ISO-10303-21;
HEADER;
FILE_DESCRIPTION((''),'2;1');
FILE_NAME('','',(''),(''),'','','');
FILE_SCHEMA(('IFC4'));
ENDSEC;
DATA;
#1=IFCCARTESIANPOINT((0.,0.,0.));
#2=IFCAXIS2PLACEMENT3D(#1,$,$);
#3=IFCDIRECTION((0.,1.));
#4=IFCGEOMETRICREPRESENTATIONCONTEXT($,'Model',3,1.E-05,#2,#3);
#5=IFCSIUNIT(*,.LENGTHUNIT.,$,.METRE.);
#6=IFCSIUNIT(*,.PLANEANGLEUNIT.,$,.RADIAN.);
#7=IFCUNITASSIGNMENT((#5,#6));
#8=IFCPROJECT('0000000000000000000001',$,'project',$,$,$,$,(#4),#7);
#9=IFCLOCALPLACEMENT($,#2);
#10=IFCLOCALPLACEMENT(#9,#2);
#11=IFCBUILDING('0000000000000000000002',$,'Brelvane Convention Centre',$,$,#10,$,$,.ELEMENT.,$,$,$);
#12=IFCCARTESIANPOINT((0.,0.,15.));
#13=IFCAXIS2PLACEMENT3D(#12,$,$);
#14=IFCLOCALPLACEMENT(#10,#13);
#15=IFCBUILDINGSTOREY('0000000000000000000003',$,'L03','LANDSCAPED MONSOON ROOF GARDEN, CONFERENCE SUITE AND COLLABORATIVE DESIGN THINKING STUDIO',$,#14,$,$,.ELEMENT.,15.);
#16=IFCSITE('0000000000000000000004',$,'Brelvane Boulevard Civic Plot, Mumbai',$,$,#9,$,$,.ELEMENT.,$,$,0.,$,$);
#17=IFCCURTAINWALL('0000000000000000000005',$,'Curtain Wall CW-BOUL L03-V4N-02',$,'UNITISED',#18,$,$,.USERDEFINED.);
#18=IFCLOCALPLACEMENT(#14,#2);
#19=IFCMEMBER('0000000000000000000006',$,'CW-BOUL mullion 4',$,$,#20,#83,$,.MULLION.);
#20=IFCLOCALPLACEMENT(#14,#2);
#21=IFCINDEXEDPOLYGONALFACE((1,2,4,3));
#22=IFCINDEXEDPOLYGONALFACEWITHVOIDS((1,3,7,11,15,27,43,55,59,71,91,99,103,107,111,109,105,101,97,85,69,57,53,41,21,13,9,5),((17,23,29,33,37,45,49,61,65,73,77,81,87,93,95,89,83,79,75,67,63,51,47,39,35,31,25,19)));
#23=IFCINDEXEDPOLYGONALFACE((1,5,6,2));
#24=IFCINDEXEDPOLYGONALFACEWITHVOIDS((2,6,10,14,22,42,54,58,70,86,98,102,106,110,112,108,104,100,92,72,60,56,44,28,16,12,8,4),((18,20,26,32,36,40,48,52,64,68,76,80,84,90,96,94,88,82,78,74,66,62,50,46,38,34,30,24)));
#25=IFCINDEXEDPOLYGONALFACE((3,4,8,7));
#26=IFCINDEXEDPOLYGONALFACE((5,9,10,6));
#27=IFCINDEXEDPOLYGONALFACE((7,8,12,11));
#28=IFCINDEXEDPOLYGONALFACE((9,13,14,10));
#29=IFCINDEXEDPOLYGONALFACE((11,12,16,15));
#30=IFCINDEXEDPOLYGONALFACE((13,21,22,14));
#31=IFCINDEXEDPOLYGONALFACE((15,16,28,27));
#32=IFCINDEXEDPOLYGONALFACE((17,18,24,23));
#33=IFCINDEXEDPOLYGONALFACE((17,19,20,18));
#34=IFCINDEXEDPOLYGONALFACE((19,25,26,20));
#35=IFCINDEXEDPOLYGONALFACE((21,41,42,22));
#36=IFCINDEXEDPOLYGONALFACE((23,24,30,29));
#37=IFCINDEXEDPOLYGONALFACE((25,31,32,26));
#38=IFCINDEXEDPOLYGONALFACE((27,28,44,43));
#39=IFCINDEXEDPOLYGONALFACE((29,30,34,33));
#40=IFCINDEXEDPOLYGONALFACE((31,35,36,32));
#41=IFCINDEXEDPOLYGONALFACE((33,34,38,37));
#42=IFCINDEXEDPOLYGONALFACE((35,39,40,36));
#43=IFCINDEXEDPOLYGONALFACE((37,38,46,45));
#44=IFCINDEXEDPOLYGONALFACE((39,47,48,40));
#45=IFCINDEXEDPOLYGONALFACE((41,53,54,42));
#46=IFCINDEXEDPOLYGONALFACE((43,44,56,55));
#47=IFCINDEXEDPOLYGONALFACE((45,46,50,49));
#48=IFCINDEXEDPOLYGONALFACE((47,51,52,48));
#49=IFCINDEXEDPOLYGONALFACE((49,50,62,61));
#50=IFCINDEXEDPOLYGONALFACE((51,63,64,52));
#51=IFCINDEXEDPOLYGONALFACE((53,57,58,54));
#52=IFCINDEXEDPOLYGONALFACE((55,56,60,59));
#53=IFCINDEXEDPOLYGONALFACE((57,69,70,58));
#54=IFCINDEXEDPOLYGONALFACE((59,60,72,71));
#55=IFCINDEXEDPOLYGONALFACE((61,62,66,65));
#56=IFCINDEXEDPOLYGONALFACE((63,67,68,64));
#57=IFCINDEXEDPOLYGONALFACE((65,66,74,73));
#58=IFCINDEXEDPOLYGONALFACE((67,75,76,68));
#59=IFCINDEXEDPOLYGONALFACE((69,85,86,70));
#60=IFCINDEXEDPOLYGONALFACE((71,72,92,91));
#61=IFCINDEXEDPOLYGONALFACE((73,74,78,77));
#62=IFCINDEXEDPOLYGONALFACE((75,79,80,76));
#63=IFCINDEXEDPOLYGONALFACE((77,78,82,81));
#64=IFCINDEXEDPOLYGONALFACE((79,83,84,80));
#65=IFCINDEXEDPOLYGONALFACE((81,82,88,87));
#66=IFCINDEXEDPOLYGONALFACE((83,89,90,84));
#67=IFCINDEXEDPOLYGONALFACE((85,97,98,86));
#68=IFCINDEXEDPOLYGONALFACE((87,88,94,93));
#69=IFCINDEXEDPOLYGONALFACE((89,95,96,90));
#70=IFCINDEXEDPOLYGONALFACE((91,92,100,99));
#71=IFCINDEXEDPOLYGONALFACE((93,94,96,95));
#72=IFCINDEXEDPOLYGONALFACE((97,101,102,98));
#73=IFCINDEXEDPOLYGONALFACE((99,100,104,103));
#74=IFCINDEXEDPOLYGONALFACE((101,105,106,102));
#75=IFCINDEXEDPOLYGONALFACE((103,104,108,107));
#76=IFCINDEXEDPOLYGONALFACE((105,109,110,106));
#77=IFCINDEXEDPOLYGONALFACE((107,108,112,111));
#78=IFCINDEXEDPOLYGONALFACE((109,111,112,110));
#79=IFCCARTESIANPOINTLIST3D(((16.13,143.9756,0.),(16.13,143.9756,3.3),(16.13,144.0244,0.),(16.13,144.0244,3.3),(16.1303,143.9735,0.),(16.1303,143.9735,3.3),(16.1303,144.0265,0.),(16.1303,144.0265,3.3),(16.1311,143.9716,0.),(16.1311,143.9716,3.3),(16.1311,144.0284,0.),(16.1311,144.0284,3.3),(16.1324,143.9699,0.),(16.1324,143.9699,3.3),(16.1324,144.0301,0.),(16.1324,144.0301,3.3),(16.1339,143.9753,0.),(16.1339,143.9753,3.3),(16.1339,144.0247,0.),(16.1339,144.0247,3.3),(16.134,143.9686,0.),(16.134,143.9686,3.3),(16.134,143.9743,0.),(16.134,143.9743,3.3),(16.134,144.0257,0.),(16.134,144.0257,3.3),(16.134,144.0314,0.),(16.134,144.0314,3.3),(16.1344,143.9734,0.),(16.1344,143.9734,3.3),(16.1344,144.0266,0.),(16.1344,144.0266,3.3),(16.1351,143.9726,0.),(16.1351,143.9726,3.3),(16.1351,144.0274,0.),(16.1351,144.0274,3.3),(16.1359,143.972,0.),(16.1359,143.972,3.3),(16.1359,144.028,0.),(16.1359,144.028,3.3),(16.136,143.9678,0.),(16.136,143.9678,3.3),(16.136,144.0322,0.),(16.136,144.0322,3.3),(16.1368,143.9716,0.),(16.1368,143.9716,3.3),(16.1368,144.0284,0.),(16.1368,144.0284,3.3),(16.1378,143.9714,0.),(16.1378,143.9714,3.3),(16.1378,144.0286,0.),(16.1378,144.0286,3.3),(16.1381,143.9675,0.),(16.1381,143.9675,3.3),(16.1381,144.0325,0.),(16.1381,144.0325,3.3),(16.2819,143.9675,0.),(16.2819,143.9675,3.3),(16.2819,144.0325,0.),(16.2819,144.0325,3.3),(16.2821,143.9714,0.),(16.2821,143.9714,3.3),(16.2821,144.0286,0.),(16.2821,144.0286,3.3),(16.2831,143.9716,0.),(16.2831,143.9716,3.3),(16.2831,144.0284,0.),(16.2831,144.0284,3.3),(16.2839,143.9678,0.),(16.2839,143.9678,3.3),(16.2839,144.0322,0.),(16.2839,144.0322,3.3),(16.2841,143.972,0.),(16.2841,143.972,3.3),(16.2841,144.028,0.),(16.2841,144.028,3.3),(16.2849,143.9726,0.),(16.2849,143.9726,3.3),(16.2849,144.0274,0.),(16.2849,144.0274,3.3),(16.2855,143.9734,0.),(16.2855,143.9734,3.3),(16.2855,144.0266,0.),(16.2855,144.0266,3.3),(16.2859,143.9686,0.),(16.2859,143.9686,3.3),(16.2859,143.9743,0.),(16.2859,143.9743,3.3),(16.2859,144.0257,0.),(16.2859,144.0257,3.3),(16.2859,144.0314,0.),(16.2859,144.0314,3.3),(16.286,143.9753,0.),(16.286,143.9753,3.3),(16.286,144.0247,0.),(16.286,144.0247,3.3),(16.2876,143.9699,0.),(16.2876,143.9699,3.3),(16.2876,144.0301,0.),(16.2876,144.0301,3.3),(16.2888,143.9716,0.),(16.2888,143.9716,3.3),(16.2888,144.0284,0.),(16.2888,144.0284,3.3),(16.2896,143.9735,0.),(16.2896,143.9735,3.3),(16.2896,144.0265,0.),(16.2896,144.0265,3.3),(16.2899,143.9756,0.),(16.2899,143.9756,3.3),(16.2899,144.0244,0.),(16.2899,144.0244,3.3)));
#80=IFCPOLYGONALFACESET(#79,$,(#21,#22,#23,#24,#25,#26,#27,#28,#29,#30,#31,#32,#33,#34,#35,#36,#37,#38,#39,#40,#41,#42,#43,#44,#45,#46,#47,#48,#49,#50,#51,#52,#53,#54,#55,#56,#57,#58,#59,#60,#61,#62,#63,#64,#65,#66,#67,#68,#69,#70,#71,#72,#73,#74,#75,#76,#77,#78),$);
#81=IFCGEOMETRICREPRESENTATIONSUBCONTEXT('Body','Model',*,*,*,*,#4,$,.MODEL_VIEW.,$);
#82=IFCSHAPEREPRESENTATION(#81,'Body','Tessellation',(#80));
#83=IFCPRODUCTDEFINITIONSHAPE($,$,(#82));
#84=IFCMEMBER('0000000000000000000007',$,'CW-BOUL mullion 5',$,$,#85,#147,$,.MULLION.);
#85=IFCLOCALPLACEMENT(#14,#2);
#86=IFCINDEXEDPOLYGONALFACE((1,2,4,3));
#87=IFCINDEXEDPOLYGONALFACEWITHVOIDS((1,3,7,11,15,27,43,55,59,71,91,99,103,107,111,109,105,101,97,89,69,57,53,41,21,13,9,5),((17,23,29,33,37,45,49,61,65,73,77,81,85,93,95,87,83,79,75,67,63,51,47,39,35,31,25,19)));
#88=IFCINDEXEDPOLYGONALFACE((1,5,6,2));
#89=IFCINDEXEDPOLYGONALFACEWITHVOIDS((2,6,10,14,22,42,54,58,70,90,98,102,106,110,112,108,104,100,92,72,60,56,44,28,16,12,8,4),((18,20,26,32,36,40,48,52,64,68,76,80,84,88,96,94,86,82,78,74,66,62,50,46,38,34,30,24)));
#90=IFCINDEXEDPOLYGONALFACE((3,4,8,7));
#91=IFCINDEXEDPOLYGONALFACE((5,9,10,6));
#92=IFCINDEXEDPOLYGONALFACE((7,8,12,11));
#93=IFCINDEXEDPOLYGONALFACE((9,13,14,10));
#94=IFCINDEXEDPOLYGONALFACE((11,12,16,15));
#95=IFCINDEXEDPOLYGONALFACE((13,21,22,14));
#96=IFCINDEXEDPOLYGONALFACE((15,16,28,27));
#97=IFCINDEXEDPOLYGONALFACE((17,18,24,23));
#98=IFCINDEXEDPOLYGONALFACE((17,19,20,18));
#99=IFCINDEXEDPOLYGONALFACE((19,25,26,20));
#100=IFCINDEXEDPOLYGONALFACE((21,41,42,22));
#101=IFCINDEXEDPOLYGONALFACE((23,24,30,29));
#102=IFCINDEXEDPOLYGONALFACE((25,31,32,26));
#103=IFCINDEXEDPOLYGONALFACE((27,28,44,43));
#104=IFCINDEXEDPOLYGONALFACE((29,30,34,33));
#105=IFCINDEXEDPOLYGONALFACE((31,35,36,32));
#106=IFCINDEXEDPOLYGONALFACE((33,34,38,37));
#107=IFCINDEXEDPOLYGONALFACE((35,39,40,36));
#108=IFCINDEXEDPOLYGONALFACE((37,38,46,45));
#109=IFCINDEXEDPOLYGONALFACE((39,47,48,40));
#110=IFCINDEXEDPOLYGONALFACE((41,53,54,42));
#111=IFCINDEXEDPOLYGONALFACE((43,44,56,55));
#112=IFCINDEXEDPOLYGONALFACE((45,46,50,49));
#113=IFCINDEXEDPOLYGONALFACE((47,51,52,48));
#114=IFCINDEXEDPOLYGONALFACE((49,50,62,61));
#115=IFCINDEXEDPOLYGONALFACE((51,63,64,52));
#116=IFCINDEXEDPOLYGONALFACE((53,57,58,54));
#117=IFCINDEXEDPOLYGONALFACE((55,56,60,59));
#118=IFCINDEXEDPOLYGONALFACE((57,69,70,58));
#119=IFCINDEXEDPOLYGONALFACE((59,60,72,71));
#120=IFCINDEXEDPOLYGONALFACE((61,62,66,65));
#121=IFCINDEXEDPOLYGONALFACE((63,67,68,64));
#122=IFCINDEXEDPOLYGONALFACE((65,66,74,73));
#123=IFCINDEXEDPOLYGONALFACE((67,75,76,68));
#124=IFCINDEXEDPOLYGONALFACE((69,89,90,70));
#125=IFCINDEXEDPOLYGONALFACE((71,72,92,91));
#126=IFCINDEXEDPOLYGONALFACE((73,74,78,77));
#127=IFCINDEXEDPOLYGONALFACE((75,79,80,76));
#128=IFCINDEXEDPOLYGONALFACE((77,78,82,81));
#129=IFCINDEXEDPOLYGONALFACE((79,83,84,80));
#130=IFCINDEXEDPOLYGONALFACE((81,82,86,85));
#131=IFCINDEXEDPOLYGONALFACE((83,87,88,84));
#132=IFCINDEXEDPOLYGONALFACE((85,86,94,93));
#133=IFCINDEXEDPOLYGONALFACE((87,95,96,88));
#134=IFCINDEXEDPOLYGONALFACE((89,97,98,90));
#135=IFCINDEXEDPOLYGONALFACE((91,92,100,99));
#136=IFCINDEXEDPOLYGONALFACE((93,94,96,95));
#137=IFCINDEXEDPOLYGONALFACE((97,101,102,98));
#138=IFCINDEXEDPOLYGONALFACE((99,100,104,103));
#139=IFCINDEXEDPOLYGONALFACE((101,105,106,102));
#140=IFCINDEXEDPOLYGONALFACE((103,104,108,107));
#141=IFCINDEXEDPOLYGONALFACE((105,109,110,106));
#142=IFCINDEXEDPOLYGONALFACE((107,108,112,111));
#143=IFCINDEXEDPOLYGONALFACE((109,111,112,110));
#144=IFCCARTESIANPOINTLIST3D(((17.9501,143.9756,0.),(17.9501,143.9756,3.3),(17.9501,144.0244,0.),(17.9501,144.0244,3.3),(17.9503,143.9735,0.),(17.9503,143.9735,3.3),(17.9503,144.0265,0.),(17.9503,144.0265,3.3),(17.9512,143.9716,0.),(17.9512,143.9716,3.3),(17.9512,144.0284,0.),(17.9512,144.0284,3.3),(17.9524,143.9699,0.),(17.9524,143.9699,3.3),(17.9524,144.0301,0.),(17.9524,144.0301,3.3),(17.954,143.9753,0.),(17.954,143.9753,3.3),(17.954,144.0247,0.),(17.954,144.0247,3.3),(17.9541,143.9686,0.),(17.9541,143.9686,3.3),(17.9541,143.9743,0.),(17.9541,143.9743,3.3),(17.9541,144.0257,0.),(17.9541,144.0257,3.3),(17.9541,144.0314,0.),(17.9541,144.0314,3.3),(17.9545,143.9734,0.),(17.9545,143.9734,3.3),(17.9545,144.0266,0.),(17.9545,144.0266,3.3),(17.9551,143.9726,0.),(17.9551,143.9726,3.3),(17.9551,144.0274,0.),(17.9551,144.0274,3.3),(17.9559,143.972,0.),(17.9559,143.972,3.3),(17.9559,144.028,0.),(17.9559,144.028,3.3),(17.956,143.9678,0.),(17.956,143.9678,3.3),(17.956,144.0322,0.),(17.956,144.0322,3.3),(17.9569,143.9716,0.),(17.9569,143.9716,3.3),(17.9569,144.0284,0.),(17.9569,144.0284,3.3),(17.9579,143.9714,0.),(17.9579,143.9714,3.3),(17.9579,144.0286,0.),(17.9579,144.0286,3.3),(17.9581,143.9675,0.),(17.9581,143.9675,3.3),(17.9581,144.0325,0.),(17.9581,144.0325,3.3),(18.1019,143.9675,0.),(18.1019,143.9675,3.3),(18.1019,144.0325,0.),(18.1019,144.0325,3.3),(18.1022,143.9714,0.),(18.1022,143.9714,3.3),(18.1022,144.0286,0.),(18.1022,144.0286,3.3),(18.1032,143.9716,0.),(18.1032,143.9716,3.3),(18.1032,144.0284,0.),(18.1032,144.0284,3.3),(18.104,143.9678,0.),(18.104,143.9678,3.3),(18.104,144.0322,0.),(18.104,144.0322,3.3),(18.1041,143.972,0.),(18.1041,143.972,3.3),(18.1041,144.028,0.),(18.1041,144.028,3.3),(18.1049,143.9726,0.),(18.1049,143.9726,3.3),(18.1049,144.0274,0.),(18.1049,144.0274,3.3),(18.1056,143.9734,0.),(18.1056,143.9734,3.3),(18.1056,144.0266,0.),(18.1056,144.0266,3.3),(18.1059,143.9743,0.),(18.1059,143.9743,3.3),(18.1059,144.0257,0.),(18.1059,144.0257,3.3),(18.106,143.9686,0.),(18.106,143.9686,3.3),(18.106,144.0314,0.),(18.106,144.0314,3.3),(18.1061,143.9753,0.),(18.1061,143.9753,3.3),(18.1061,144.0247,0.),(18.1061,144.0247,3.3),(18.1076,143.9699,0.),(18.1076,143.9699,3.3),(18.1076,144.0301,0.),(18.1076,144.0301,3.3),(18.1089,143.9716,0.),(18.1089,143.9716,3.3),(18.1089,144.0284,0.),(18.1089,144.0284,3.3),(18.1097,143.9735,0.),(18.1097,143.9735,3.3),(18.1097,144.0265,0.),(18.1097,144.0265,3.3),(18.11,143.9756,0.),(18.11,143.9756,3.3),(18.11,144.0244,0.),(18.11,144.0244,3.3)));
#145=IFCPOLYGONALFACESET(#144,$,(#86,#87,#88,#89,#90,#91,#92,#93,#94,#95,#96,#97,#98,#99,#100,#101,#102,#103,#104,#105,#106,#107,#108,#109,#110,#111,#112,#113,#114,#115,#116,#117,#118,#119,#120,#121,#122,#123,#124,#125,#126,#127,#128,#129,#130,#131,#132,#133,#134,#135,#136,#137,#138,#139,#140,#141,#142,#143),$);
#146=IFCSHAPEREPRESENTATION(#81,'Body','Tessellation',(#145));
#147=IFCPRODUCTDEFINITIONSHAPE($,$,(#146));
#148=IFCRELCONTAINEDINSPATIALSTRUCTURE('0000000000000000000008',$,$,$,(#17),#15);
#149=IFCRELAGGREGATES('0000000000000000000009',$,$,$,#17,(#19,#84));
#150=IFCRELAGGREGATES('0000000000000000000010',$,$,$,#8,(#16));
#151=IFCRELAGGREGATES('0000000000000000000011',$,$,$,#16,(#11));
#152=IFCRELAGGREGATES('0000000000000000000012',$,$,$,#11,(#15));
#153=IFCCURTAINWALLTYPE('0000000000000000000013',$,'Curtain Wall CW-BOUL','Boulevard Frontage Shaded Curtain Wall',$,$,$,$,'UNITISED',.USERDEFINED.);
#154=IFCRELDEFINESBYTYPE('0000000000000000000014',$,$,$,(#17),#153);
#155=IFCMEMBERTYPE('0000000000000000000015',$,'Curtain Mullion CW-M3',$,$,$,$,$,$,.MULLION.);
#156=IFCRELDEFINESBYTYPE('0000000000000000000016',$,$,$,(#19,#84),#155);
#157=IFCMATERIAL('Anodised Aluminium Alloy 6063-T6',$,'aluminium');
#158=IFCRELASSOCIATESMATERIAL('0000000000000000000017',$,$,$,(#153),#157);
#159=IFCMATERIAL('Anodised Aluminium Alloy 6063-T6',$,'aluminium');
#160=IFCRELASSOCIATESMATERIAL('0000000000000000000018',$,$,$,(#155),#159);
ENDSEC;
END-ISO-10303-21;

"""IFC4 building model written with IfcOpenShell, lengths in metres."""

from ifc_helpers import new_model, si_unit, direction, frame, origin, origin_2d, place, context, subcontext, project, spatial, hollow_rectangle, extrude, material, material_profile, profile_set, type_object, element, aggregate, save


model = new_model("IFC4")

# Units and contexts
model_context = context("Model", 3, precision=1e-05, world=origin(), true_north=direction((0.0, 1.0)))
body_context = subcontext(model_context, "Body", "Model", "MODEL_VIEW")
ifc_project = project(units=[si_unit("LENGTHUNIT", "METRE"), si_unit("PLANEANGLEUNIT", "RADIAN")], contexts=[model_context])

# Site, building, storey
site_placement = place(None, origin())
site = spatial("IfcSite", under=ifc_project, at=site_placement, Name="Brelvane Boulevard Civic Plot, Mumbai", CompositionType="ELEMENT", RefElevation=0.0)
building_placement = place(site_placement, origin())
building = spatial("IfcBuilding", under=site, at=building_placement, Name="Brelvane Convention Centre", CompositionType="ELEMENT")
storey_placement = place(building_placement, frame((0.0, 0.0, 15.0)))
storey = spatial("IfcBuildingStorey", under=building, at=storey_placement, Name="L03", Description="LANDSCAPED MONSOON ROOF GARDEN, CONFERENCE SUITE AND COLLABORATIVE DESIGN THINKING STUDIO", CompositionType="ELEMENT", Elevation=15.0)

# Curtain wall, members
ifc_material_1 = material(Name="Anodised Aluminium Alloy 6063-T6", Category="aluminium")
curtain_wall_type = type_object("IfcCurtainWallType", Name="Curtain Wall CW-BOUL", Description="Boulevard Frontage Shaded Curtain Wall", ElementType="UNITISED", PredefinedType="USERDEFINED", material=ifc_material_1)
curtain_wall_placement = place(storey_placement, origin())
curtain_wall = element("IfcCurtainWall", 1, at=curtain_wall_placement, inside=storey, type_object=curtain_wall_type, Name="Curtain Wall CW-BOUL L03-V4N-02", ObjectType="UNITISED", PredefinedType="USERDEFINED")
ifc_material_2 = material(Name="Anodised Aluminium Alloy 6063-T6", Category="aluminium")
ifc_material_profile_1 = material_profile(ifc_material_2, hollow_rectangle(XDim=0.0649, YDim=0.1599, WallThickness=0.0039, InnerFilletRadius=0.0039, OuterFilletRadius=0.0081, at=origin_2d()), Name="ALU-M 160x65x4.0")
ifc_profile_set_1 = profile_set([ifc_material_profile_1], Name="Anodised Aluminium Alloy 6063-T6")
member_type_1 = type_object("IfcMemberType", Name="Curtain Mullion CW-M3", PredefinedType="MULLION", material=ifc_profile_set_1)
member_1_placement = place(storey_placement, frame((16.21, 144.0, 0.0), z_axis=(0.0, 0.0, 1.0), x_axis=(0.0, 1.0, 0.0)))
member_1 = element("IfcMember", 2, at=member_1_placement, type_object=member_type_1, Name="CW-BOUL mullion 4", PredefinedType="MULLION", context=body_context, shape_type="SweptSolid", body=[
    extrude(hollow_rectangle(XDim=0.0649, YDim=0.1599, WallThickness=0.0039, InnerFilletRadius=0.0039, OuterFilletRadius=0.0081, at=origin_2d()), origin(), (0.0, 0.0, 1.0), 3.3),
])
member_2_placement = place(storey_placement, frame((18.03, 144.0, 0.0), z_axis=(0.0, 0.0, 1.0), x_axis=(0.0, 1.0, 0.0)))
member_2 = element("IfcMember", 3, at=member_2_placement, type_object=member_type_1, Name="CW-BOUL mullion 5", PredefinedType="MULLION", context=body_context, shape_type="SweptSolid", body=[
    extrude(hollow_rectangle(XDim=0.0649, YDim=0.1599, WallThickness=0.0039, InnerFilletRadius=0.0039, OuterFilletRadius=0.0081, at=origin_2d()), origin(), (0.0, 0.0, 1.0), 3.3),
])

aggregate(curtain_wall, [member_1, member_2])

save(model, "model.ifc")
